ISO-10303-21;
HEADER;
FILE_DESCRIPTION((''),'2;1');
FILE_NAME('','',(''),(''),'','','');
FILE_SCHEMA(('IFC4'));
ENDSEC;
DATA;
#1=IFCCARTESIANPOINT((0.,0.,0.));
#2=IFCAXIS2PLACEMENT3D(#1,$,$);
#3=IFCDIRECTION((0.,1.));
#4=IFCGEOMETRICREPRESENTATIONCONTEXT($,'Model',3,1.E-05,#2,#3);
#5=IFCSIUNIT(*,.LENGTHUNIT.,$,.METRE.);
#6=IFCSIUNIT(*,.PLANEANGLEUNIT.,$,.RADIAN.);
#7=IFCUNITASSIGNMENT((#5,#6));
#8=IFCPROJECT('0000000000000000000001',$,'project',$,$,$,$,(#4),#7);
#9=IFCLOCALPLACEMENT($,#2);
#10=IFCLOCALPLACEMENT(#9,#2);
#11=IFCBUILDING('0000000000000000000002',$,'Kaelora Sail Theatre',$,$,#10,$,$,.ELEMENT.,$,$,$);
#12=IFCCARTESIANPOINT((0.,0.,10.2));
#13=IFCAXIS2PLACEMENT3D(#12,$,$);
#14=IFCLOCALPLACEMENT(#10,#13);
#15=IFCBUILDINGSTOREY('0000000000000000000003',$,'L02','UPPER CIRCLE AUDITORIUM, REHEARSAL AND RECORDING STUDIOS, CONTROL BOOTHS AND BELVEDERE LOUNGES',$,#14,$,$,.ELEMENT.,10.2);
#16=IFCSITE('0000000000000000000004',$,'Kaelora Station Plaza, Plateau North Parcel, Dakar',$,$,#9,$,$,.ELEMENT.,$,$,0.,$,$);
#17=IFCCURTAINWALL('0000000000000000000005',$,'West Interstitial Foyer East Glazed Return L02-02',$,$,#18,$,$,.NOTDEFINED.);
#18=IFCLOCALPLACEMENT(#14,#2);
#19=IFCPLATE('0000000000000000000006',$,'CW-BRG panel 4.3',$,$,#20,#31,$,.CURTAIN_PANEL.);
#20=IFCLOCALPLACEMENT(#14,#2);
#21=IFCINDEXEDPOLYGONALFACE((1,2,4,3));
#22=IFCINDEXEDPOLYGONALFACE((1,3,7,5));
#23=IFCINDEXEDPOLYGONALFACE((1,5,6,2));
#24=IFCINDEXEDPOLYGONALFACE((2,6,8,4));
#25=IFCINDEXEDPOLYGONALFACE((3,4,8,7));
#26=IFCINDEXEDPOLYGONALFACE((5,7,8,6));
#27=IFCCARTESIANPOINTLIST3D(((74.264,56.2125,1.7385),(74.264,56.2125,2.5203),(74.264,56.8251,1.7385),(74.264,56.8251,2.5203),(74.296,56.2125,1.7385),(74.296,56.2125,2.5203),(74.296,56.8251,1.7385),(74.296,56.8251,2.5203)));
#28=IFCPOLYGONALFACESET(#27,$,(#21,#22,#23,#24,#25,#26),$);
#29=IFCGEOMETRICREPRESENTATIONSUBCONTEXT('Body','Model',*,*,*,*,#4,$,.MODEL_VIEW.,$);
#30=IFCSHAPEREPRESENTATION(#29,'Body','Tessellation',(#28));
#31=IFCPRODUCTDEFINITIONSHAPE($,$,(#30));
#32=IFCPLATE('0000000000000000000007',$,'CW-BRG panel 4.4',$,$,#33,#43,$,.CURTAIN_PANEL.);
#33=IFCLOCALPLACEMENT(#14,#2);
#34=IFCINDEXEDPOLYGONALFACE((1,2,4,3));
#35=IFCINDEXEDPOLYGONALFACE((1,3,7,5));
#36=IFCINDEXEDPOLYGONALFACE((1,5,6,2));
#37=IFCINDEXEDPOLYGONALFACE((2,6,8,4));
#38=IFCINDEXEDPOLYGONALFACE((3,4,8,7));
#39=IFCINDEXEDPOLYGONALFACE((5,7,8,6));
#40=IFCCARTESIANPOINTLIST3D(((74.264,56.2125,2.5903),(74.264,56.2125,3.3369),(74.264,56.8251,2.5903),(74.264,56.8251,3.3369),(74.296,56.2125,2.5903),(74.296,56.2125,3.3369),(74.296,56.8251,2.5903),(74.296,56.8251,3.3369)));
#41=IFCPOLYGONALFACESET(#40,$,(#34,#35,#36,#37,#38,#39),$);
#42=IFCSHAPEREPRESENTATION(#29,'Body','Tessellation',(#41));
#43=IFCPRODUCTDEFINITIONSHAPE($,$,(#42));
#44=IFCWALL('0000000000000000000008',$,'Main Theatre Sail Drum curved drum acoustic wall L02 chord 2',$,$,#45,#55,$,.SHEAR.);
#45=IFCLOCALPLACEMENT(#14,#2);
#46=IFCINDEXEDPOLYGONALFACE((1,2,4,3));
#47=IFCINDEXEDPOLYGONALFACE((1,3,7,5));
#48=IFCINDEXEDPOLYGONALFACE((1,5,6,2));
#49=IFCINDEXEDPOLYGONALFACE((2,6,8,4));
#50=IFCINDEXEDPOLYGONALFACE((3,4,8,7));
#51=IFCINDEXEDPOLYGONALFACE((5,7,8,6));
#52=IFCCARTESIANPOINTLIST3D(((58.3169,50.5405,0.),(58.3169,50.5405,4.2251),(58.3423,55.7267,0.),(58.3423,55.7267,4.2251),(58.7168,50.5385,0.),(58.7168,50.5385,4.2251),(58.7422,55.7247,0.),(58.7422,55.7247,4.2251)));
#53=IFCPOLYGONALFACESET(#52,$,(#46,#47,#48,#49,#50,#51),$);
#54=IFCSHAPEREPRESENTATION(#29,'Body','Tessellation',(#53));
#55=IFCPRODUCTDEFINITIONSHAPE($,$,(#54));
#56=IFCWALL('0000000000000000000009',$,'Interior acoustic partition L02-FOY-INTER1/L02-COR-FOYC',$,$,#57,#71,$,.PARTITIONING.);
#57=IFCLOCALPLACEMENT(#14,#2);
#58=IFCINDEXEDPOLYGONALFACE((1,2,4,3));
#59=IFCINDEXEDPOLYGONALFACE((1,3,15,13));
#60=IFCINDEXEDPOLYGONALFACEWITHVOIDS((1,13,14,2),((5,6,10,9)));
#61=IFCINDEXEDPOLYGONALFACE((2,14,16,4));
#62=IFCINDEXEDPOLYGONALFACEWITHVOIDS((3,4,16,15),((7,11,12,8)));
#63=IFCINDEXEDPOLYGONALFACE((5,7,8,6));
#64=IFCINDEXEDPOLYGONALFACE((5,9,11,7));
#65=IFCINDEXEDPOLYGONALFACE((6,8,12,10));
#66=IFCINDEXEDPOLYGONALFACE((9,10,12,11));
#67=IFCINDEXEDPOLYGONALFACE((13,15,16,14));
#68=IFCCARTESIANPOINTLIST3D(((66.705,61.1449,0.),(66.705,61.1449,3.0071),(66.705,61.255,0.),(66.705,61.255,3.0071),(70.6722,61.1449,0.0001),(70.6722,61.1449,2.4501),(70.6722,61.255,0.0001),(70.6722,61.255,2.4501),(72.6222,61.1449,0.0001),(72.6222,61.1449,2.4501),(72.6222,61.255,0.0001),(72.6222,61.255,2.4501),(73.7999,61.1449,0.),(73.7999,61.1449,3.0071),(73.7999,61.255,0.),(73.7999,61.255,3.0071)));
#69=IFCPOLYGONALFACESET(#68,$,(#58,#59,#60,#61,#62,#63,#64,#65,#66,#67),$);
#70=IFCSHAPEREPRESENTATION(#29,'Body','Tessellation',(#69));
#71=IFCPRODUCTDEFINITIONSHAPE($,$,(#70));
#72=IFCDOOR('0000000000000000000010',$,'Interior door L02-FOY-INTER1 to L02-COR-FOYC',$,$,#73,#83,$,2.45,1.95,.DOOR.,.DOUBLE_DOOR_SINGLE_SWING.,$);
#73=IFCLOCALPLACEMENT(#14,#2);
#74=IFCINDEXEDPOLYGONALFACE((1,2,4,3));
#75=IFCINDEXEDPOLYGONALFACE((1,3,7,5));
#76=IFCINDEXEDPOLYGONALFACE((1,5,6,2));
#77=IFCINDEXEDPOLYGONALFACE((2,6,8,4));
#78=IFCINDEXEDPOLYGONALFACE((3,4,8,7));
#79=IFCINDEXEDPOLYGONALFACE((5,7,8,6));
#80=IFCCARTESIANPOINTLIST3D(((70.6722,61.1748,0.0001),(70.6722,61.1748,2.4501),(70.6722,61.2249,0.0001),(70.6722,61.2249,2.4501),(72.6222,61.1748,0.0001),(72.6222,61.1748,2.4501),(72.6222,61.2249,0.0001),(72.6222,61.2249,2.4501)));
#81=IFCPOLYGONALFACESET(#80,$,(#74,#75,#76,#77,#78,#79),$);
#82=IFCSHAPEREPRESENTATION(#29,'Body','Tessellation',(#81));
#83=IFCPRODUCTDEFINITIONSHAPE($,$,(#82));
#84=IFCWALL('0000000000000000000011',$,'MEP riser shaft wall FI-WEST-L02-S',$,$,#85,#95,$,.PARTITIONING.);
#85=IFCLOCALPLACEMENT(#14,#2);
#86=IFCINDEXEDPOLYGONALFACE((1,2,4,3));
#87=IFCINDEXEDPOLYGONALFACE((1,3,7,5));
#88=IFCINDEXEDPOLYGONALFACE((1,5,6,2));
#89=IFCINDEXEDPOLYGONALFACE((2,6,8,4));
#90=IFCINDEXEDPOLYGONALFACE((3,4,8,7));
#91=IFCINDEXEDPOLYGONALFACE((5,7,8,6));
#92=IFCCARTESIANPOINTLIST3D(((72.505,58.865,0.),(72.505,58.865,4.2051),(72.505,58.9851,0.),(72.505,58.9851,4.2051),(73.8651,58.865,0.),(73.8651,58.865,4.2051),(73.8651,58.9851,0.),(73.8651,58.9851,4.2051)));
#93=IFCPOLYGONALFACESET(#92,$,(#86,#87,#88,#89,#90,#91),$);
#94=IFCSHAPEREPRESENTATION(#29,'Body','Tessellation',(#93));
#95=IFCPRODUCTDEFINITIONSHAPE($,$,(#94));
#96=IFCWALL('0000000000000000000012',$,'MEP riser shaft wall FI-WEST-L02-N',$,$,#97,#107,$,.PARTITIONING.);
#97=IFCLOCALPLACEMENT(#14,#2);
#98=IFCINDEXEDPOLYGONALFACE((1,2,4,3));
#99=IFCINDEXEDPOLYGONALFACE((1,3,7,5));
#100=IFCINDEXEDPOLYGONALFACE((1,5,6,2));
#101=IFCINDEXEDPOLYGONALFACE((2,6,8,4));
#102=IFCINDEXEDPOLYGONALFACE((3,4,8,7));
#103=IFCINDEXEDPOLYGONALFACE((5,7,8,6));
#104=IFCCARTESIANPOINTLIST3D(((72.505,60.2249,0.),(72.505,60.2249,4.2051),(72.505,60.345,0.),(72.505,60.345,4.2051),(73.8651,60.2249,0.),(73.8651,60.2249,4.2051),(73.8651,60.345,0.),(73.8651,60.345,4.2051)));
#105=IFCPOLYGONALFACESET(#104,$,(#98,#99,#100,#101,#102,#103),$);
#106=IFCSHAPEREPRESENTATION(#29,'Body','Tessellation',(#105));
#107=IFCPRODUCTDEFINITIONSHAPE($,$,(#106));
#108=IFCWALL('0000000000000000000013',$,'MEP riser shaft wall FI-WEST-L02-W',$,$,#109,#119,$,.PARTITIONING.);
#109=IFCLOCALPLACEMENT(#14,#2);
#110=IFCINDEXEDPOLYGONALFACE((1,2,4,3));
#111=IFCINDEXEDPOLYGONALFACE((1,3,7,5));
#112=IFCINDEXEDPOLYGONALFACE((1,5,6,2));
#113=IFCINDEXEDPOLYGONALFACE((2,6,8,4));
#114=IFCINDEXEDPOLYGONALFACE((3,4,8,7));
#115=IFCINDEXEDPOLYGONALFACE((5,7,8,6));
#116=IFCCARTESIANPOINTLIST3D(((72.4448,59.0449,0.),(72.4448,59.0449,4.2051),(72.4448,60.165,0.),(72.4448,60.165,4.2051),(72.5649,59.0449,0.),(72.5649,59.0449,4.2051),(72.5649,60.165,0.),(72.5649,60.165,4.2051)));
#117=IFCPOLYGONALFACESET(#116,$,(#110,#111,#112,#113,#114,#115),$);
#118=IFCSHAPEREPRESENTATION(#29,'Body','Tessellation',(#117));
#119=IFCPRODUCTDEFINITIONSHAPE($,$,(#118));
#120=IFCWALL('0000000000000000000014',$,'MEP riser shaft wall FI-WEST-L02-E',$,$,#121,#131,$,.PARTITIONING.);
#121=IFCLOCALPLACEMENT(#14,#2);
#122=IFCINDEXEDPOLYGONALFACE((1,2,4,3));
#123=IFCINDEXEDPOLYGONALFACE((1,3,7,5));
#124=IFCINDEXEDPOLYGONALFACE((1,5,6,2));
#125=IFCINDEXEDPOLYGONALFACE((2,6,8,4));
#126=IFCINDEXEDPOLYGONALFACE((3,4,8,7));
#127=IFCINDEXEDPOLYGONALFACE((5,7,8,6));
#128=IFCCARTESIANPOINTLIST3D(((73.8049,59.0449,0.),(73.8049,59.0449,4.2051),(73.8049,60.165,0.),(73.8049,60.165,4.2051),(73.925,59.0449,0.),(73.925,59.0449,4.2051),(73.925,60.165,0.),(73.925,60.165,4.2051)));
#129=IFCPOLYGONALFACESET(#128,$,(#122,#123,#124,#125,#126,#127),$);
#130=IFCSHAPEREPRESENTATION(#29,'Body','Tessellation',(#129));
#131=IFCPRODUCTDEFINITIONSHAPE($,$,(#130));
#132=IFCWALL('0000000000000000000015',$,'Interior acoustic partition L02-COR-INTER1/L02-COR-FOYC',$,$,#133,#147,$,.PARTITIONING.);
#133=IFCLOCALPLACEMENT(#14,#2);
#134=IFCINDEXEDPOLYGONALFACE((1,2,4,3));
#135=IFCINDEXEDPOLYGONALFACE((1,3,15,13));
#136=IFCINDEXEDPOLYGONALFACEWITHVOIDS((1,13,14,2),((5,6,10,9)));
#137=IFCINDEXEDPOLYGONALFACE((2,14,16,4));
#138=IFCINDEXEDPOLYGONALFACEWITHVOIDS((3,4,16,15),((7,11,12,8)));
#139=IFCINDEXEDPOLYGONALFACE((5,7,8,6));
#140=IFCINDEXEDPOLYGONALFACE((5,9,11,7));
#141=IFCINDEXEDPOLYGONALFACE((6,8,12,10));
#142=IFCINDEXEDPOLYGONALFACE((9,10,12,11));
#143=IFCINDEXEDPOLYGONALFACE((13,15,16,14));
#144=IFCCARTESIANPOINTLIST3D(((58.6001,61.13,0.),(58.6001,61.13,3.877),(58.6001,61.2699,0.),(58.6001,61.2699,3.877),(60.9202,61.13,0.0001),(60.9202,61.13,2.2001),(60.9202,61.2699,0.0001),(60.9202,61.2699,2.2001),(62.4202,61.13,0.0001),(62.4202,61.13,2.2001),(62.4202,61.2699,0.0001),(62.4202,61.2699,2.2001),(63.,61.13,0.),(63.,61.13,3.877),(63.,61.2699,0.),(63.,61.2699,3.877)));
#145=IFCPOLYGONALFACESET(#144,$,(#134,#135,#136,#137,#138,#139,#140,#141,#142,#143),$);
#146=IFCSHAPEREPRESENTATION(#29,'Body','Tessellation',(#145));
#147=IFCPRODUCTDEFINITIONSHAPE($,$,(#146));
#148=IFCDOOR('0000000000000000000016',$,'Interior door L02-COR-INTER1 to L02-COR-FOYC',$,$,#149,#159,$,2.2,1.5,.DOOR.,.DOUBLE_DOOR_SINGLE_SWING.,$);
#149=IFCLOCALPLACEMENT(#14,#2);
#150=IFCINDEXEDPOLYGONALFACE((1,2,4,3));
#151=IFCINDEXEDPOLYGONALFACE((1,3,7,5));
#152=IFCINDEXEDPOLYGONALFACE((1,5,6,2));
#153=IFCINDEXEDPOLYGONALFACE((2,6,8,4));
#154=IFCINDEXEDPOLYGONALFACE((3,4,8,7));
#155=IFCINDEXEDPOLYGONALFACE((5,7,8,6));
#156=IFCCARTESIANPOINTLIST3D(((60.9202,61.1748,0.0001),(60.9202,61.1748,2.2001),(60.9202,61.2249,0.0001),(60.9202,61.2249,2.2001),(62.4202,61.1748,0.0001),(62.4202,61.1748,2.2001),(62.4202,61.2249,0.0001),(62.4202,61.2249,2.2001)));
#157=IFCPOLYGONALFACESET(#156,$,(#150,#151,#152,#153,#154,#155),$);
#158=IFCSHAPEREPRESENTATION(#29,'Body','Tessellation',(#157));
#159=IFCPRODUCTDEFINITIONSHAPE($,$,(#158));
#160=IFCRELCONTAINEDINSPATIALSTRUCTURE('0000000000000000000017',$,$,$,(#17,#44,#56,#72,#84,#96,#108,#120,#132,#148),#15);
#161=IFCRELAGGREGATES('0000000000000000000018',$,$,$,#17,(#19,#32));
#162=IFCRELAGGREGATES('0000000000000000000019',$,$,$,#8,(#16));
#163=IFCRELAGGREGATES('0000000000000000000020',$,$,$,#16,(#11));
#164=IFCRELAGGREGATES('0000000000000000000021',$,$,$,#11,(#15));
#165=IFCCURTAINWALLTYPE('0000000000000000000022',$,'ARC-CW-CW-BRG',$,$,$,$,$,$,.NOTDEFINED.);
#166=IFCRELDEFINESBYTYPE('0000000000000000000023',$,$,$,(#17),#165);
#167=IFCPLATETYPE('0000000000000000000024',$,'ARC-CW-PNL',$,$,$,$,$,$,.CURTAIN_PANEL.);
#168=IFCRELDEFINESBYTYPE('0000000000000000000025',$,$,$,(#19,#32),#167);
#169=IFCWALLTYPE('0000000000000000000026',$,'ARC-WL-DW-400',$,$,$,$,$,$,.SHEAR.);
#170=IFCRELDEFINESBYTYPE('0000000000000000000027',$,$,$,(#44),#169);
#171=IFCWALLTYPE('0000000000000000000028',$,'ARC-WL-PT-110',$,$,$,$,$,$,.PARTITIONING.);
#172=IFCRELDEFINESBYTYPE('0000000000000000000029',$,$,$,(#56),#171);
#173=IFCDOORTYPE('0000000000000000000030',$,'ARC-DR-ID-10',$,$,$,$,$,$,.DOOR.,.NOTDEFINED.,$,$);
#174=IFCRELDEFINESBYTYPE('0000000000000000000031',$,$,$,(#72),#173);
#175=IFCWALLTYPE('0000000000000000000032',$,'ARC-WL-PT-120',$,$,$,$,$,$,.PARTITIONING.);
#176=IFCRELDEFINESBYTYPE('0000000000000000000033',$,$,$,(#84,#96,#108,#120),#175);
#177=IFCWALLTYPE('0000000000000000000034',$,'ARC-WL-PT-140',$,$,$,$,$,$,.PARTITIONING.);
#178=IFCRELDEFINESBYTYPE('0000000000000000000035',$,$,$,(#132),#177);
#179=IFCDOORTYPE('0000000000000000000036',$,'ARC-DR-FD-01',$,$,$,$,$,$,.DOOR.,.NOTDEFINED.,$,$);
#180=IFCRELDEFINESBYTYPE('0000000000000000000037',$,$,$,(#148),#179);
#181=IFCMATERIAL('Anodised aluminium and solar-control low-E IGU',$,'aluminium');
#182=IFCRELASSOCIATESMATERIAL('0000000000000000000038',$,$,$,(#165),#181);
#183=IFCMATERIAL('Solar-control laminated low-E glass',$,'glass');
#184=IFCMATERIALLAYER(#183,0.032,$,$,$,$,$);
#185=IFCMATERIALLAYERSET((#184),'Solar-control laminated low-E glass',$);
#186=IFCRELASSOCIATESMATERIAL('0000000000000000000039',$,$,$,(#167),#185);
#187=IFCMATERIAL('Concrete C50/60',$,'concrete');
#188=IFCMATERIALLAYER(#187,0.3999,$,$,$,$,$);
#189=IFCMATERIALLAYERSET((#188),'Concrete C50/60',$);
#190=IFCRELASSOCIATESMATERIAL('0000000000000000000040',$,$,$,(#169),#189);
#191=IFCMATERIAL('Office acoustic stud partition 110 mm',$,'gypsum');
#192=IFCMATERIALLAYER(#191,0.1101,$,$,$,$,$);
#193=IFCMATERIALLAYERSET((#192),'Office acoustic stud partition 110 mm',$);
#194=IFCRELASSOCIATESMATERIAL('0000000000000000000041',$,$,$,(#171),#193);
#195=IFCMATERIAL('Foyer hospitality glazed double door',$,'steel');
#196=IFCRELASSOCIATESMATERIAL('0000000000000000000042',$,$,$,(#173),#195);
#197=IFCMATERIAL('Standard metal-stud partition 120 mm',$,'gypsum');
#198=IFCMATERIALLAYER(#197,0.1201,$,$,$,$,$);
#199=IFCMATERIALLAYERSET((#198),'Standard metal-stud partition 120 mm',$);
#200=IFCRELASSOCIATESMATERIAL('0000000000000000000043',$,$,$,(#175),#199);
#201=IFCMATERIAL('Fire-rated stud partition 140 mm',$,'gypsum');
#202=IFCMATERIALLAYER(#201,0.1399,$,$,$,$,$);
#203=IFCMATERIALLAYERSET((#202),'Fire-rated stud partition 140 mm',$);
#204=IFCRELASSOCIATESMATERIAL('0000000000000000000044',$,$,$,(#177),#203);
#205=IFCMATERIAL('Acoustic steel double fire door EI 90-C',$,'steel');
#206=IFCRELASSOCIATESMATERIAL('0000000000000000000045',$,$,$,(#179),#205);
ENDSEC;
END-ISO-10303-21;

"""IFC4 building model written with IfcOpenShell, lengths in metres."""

from ifc_helpers import new_model, si_unit, direction, frame, frame_2d, origin, origin_2d, place, context, subcontext, project, spatial, rectangle, extrude, material, layer, layer_set, type_object, element, fill, aggregate, save


model = new_model("IFC4")

# Units and contexts
model_context = context("Model", 3, precision=1e-05, world=origin(), true_north=direction((0.0, 1.0)))
body_context = subcontext(model_context, "Body", "Model", "MODEL_VIEW")
ifc_project = project(units=[si_unit("LENGTHUNIT", "METRE"), si_unit("PLANEANGLEUNIT", "RADIAN")], contexts=[model_context])

# Site, building, storey
site_placement = place(None, origin())
site = spatial("IfcSite", under=ifc_project, at=site_placement, Name="Kaelora Station Plaza, Plateau North Parcel, Dakar", CompositionType="ELEMENT", RefElevation=0.0)
building_placement = place(site_placement, origin())
building = spatial("IfcBuilding", under=site, at=building_placement, Name="Kaelora Sail Theatre", CompositionType="ELEMENT")
storey_placement = place(building_placement, frame((0.0, 0.0, 10.2)))
storey = spatial("IfcBuildingStorey", under=building, at=storey_placement, Name="L02", Description="UPPER CIRCLE AUDITORIUM, REHEARSAL AND RECORDING STUDIOS, CONTROL BOOTHS AND BELVEDERE LOUNGES", CompositionType="ELEMENT", Elevation=10.2)

# Curtain wall
ifc_material_1 = material(Name="Anodised aluminium and solar-control low-E IGU", Category="aluminium")
curtain_wall_type = type_object("IfcCurtainWallType", Name="ARC-CW-CW-BRG", PredefinedType="NOTDEFINED", material=ifc_material_1)
curtain_wall_placement = place(storey_placement, origin())
curtain_wall = element("IfcCurtainWall", 1, at=curtain_wall_placement, inside=storey, type_object=curtain_wall_type, Name="West Interstitial Foyer East Glazed Return L02-02", PredefinedType="NOTDEFINED")

# Plates
ifc_material_2 = material(Name="Solar-control laminated low-E glass", Category="glass")
ifc_layer_1 = layer(ifc_material_2, 0.032)
ifc_layer_set_1 = layer_set([ifc_layer_1], Name="Solar-control laminated low-E glass")
plate_type = type_object("IfcPlateType", Name="ARC-CW-PNL", PredefinedType="CURTAIN_PANEL", material=ifc_layer_set_1)
plate_1_placement = place(storey_placement, frame((74.28, 56.5188, 1.7385), z_axis=(0.0, 0.0, 1.0), x_axis=(0.0, 1.0, 0.0)))
plate_1 = element("IfcPlate", 2, at=plate_1_placement, type_object=plate_type, Name="CW-BRG panel 4.3", PredefinedType="CURTAIN_PANEL", context=body_context, shape_type="SweptSolid", body=[
    extrude(rectangle(XDim=0.6125, YDim=0.032, at=origin_2d()), origin(), (0.0, 0.0, 1.0), 0.7817),
])
plate_2_placement = place(storey_placement, frame((74.28, 56.5188, 2.5903), z_axis=(0.0, 0.0, 1.0), x_axis=(0.0, 1.0, 0.0)))
plate_2 = element("IfcPlate", 3, at=plate_2_placement, type_object=plate_type, Name="CW-BRG panel 4.4", PredefinedType="CURTAIN_PANEL", context=body_context, shape_type="SweptSolid", body=[
    extrude(rectangle(XDim=0.6125, YDim=0.032, at=origin_2d()), origin(), (0.0, 0.0, 1.0), 0.7466),
])
aggregate(curtain_wall, [plate_1, plate_2])

# Wall
ifc_material_3 = material(Name="Concrete C50/60", Category="concrete")
ifc_layer_2 = layer(ifc_material_3, 0.3999)
ifc_layer_set_2 = layer_set([ifc_layer_2], Name="Concrete C50/60")
wall_type_1 = type_object("IfcWallType", Name="ARC-WL-DW-400", PredefinedType="SHEAR", material=ifc_layer_set_2)
wall_1_placement = place(storey_placement, frame((58.5422, 55.7258, 0.0), z_axis=(0.0, 0.0, 1.0), x_axis=(-0.004896, -0.999988, 0.0)))
element("IfcWall", 4, at=wall_1_placement, inside=storey, type_object=wall_type_1, Name="Main Theatre Sail Drum curved drum acoustic wall L02 chord 2", PredefinedType="SHEAR", context=body_context, shape_type="SweptSolid", body=[
    extrude(rectangle(XDim=5.1863, YDim=0.3999, at=frame_2d((2.5933, 0.0))), origin(), (0.0, 0.0, 1.0), 4.2251),
])

# Wall, opening, door
ifc_material_4 = material(Name="Office acoustic stud partition 110 mm", Category="gypsum")
ifc_layer_3 = layer(ifc_material_4, 0.1101)
ifc_layer_set_3 = layer_set([ifc_layer_3], Name="Office acoustic stud partition 110 mm")
wall_type_2 = type_object("IfcWallType", Name="ARC-WL-PT-110", PredefinedType="PARTITIONING", material=ifc_layer_set_3)
wall_2_placement = place(storey_placement, frame((66.7051, 61.2, 0.0), z_axis=(0.0, 0.0, 1.0), x_axis=(1.0, 0.0, 0.0)))
wall_2 = element("IfcWall", 5, at=wall_2_placement, inside=storey, type_object=wall_type_2, Name="Interior acoustic partition L02-FOY-INTER1/L02-COR-FOYC", PredefinedType="PARTITIONING", context=body_context, shape_type="SweptSolid", body=[
    extrude(rectangle(XDim=7.095, YDim=0.1101, at=frame_2d((3.5474, 0.0))), origin(), (0.0, 0.0, 1.0), 3.0071),
])
opening_1_placement = place(wall_2_placement, frame((3.967, 0.0, 0.0)))
opening_1 = element("IfcOpeningElement", 6, at=opening_1_placement, cuts=wall_2, PredefinedType="OPENING", context=body_context, shape_type="SweptSolid", body=[
    extrude(rectangle(XDim=1.95, YDim=2.45, at=frame_2d((0.9751, 1.2251))), frame((0.0, 0.0652, 0.0), z_axis=(0.0, -1.0, 0.0), x_axis=(1.0, 0.0, 0.0)), (0.0, 0.0, 1.0), 0.1301),
])
ifc_material_5 = material(Name="Foyer hospitality glazed double door", Category="steel")
door_type_1 = type_object("IfcDoorType", Name="ARC-DR-ID-10", OperationType="NOTDEFINED", PredefinedType="DOOR", material=ifc_material_5)
door_1_placement = place(opening_1_placement, origin())
door_1 = element("IfcDoor", 7, at=door_1_placement, inside=storey, type_object=door_type_1, Name="Interior door L02-FOY-INTER1 to L02-COR-FOYC", OperationType="DOUBLE_DOOR_SINGLE_SWING", OverallHeight=2.45, OverallWidth=1.95, PredefinedType="DOOR", context=body_context, shape_type="SweptSolid", body=[
    extrude(rectangle(XDim=1.95, YDim=2.45, at=frame_2d((0.9751, 1.2251))), frame((0.0, 0.0249, 0.0), z_axis=(0.0, -1.0, 0.0), x_axis=(1.0, 0.0, 0.0)), (0.0, 0.0, 1.0), 0.05),
])
fill(opening_1, door_1)

# Walls
ifc_material_6 = material(Name="Standard metal-stud partition 120 mm", Category="gypsum")
ifc_layer_4 = layer(ifc_material_6, 0.1201)
ifc_layer_set_4 = layer_set([ifc_layer_4], Name="Standard metal-stud partition 120 mm")
wall_type_3 = type_object("IfcWallType", Name="ARC-WL-PT-120", PredefinedType="PARTITIONING", material=ifc_layer_set_4)
for number, where, z_axis, x_axis, name in (
    (8, (72.5049, 58.925, 0.0), (0.0, 0.0, 1.0), (1.0, 0.0, 0.0), "MEP riser shaft wall FI-WEST-L02-S"),
    (9, (72.5049, 60.2849, 0.0), (0.0, 0.0, 1.0), (1.0, 0.0, 0.0), "MEP riser shaft wall FI-WEST-L02-N"),
):
    element("IfcWall", number, at=place(storey_placement, frame(where, z_axis=z_axis, x_axis=x_axis)), inside=storey, type_object=wall_type_3, Name=name, PredefinedType="PARTITIONING", context=body_context, shape_type="SweptSolid", body=[
        extrude(rectangle(XDim=1.3601, YDim=0.1201, at=frame_2d((0.6802, 0.0))), origin(), (0.0, 0.0, 1.0), 4.2051),
    ])
for number, where, z_axis, x_axis, name in (
    (10, (72.5049, 59.0449, 0.0), (0.0, 0.0, 1.0), (0.0, 1.0, 0.0), "MEP riser shaft wall FI-WEST-L02-W"),
    (11, (73.865, 59.0449, 0.0), (0.0, 0.0, 1.0), (0.0, 1.0, 0.0), "MEP riser shaft wall FI-WEST-L02-E"),
):
    element("IfcWall", number, at=place(storey_placement, frame(where, z_axis=z_axis, x_axis=x_axis)), inside=storey, type_object=wall_type_3, Name=name, PredefinedType="PARTITIONING", context=body_context, shape_type="SweptSolid", body=[
        extrude(rectangle(XDim=1.1201, YDim=0.1201, at=frame_2d((0.5601, 0.0))), origin(), (0.0, 0.0, 1.0), 4.2051),
    ])

# Wall, opening, door
ifc_material_7 = material(Name="Fire-rated stud partition 140 mm", Category="gypsum")
ifc_layer_5 = layer(ifc_material_7, 0.1399)
ifc_layer_set_5 = layer_set([ifc_layer_5], Name="Fire-rated stud partition 140 mm")
wall_type_4 = type_object("IfcWallType", Name="ARC-WL-PT-140", PredefinedType="PARTITIONING", material=ifc_layer_set_5)
wall_3_placement = place(storey_placement, frame((58.6001, 61.2, 0.0), z_axis=(0.0, 0.0, 1.0), x_axis=(1.0, 0.0, 0.0)))
wall_3 = element("IfcWall", 12, at=wall_3_placement, inside=storey, type_object=wall_type_4, Name="Interior acoustic partition L02-COR-INTER1/L02-COR-FOYC", PredefinedType="PARTITIONING", context=body_context, shape_type="SweptSolid", body=[
    extrude(rectangle(XDim=4.3999, YDim=0.1399, at=frame_2d((2.2, 0.0))), origin(), (0.0, 0.0, 1.0), 3.877),
])
opening_2_placement = place(wall_3_placement, frame((2.3201, 0.0, 0.0)))
opening_2 = element("IfcOpeningElement", 13, at=opening_2_placement, cuts=wall_3, PredefinedType="OPENING", context=body_context, shape_type="SweptSolid", body=[
    extrude(rectangle(XDim=1.5, YDim=2.2, at=frame_2d((0.75, 1.1001))), frame((0.0, 0.0798, 0.0), z_axis=(0.0, -1.0, 0.0), x_axis=(1.0, 0.0, 0.0)), (0.0, 0.0, 1.0), 0.1599),
])
ifc_material_8 = material(Name="Acoustic steel double fire door EI 90-C", Category="steel")
door_type_2 = type_object("IfcDoorType", Name="ARC-DR-FD-01", OperationType="NOTDEFINED", PredefinedType="DOOR", material=ifc_material_8)
door_2_placement = place(opening_2_placement, origin())
door_2 = element("IfcDoor", 14, at=door_2_placement, inside=storey, type_object=door_type_2, Name="Interior door L02-COR-INTER1 to L02-COR-FOYC", OperationType="DOUBLE_DOOR_SINGLE_SWING", OverallHeight=2.2, OverallWidth=1.5, PredefinedType="DOOR", context=body_context, shape_type="SweptSolid", body=[
    extrude(rectangle(XDim=1.5, YDim=2.2, at=frame_2d((0.75, 1.1001))), frame((0.0, 0.0249, 0.0), z_axis=(0.0, -1.0, 0.0), x_axis=(1.0, 0.0, 0.0)), (0.0, 0.0, 1.0), 0.05),
])
fill(opening_2, door_2)

save(model, "model.ifc")
